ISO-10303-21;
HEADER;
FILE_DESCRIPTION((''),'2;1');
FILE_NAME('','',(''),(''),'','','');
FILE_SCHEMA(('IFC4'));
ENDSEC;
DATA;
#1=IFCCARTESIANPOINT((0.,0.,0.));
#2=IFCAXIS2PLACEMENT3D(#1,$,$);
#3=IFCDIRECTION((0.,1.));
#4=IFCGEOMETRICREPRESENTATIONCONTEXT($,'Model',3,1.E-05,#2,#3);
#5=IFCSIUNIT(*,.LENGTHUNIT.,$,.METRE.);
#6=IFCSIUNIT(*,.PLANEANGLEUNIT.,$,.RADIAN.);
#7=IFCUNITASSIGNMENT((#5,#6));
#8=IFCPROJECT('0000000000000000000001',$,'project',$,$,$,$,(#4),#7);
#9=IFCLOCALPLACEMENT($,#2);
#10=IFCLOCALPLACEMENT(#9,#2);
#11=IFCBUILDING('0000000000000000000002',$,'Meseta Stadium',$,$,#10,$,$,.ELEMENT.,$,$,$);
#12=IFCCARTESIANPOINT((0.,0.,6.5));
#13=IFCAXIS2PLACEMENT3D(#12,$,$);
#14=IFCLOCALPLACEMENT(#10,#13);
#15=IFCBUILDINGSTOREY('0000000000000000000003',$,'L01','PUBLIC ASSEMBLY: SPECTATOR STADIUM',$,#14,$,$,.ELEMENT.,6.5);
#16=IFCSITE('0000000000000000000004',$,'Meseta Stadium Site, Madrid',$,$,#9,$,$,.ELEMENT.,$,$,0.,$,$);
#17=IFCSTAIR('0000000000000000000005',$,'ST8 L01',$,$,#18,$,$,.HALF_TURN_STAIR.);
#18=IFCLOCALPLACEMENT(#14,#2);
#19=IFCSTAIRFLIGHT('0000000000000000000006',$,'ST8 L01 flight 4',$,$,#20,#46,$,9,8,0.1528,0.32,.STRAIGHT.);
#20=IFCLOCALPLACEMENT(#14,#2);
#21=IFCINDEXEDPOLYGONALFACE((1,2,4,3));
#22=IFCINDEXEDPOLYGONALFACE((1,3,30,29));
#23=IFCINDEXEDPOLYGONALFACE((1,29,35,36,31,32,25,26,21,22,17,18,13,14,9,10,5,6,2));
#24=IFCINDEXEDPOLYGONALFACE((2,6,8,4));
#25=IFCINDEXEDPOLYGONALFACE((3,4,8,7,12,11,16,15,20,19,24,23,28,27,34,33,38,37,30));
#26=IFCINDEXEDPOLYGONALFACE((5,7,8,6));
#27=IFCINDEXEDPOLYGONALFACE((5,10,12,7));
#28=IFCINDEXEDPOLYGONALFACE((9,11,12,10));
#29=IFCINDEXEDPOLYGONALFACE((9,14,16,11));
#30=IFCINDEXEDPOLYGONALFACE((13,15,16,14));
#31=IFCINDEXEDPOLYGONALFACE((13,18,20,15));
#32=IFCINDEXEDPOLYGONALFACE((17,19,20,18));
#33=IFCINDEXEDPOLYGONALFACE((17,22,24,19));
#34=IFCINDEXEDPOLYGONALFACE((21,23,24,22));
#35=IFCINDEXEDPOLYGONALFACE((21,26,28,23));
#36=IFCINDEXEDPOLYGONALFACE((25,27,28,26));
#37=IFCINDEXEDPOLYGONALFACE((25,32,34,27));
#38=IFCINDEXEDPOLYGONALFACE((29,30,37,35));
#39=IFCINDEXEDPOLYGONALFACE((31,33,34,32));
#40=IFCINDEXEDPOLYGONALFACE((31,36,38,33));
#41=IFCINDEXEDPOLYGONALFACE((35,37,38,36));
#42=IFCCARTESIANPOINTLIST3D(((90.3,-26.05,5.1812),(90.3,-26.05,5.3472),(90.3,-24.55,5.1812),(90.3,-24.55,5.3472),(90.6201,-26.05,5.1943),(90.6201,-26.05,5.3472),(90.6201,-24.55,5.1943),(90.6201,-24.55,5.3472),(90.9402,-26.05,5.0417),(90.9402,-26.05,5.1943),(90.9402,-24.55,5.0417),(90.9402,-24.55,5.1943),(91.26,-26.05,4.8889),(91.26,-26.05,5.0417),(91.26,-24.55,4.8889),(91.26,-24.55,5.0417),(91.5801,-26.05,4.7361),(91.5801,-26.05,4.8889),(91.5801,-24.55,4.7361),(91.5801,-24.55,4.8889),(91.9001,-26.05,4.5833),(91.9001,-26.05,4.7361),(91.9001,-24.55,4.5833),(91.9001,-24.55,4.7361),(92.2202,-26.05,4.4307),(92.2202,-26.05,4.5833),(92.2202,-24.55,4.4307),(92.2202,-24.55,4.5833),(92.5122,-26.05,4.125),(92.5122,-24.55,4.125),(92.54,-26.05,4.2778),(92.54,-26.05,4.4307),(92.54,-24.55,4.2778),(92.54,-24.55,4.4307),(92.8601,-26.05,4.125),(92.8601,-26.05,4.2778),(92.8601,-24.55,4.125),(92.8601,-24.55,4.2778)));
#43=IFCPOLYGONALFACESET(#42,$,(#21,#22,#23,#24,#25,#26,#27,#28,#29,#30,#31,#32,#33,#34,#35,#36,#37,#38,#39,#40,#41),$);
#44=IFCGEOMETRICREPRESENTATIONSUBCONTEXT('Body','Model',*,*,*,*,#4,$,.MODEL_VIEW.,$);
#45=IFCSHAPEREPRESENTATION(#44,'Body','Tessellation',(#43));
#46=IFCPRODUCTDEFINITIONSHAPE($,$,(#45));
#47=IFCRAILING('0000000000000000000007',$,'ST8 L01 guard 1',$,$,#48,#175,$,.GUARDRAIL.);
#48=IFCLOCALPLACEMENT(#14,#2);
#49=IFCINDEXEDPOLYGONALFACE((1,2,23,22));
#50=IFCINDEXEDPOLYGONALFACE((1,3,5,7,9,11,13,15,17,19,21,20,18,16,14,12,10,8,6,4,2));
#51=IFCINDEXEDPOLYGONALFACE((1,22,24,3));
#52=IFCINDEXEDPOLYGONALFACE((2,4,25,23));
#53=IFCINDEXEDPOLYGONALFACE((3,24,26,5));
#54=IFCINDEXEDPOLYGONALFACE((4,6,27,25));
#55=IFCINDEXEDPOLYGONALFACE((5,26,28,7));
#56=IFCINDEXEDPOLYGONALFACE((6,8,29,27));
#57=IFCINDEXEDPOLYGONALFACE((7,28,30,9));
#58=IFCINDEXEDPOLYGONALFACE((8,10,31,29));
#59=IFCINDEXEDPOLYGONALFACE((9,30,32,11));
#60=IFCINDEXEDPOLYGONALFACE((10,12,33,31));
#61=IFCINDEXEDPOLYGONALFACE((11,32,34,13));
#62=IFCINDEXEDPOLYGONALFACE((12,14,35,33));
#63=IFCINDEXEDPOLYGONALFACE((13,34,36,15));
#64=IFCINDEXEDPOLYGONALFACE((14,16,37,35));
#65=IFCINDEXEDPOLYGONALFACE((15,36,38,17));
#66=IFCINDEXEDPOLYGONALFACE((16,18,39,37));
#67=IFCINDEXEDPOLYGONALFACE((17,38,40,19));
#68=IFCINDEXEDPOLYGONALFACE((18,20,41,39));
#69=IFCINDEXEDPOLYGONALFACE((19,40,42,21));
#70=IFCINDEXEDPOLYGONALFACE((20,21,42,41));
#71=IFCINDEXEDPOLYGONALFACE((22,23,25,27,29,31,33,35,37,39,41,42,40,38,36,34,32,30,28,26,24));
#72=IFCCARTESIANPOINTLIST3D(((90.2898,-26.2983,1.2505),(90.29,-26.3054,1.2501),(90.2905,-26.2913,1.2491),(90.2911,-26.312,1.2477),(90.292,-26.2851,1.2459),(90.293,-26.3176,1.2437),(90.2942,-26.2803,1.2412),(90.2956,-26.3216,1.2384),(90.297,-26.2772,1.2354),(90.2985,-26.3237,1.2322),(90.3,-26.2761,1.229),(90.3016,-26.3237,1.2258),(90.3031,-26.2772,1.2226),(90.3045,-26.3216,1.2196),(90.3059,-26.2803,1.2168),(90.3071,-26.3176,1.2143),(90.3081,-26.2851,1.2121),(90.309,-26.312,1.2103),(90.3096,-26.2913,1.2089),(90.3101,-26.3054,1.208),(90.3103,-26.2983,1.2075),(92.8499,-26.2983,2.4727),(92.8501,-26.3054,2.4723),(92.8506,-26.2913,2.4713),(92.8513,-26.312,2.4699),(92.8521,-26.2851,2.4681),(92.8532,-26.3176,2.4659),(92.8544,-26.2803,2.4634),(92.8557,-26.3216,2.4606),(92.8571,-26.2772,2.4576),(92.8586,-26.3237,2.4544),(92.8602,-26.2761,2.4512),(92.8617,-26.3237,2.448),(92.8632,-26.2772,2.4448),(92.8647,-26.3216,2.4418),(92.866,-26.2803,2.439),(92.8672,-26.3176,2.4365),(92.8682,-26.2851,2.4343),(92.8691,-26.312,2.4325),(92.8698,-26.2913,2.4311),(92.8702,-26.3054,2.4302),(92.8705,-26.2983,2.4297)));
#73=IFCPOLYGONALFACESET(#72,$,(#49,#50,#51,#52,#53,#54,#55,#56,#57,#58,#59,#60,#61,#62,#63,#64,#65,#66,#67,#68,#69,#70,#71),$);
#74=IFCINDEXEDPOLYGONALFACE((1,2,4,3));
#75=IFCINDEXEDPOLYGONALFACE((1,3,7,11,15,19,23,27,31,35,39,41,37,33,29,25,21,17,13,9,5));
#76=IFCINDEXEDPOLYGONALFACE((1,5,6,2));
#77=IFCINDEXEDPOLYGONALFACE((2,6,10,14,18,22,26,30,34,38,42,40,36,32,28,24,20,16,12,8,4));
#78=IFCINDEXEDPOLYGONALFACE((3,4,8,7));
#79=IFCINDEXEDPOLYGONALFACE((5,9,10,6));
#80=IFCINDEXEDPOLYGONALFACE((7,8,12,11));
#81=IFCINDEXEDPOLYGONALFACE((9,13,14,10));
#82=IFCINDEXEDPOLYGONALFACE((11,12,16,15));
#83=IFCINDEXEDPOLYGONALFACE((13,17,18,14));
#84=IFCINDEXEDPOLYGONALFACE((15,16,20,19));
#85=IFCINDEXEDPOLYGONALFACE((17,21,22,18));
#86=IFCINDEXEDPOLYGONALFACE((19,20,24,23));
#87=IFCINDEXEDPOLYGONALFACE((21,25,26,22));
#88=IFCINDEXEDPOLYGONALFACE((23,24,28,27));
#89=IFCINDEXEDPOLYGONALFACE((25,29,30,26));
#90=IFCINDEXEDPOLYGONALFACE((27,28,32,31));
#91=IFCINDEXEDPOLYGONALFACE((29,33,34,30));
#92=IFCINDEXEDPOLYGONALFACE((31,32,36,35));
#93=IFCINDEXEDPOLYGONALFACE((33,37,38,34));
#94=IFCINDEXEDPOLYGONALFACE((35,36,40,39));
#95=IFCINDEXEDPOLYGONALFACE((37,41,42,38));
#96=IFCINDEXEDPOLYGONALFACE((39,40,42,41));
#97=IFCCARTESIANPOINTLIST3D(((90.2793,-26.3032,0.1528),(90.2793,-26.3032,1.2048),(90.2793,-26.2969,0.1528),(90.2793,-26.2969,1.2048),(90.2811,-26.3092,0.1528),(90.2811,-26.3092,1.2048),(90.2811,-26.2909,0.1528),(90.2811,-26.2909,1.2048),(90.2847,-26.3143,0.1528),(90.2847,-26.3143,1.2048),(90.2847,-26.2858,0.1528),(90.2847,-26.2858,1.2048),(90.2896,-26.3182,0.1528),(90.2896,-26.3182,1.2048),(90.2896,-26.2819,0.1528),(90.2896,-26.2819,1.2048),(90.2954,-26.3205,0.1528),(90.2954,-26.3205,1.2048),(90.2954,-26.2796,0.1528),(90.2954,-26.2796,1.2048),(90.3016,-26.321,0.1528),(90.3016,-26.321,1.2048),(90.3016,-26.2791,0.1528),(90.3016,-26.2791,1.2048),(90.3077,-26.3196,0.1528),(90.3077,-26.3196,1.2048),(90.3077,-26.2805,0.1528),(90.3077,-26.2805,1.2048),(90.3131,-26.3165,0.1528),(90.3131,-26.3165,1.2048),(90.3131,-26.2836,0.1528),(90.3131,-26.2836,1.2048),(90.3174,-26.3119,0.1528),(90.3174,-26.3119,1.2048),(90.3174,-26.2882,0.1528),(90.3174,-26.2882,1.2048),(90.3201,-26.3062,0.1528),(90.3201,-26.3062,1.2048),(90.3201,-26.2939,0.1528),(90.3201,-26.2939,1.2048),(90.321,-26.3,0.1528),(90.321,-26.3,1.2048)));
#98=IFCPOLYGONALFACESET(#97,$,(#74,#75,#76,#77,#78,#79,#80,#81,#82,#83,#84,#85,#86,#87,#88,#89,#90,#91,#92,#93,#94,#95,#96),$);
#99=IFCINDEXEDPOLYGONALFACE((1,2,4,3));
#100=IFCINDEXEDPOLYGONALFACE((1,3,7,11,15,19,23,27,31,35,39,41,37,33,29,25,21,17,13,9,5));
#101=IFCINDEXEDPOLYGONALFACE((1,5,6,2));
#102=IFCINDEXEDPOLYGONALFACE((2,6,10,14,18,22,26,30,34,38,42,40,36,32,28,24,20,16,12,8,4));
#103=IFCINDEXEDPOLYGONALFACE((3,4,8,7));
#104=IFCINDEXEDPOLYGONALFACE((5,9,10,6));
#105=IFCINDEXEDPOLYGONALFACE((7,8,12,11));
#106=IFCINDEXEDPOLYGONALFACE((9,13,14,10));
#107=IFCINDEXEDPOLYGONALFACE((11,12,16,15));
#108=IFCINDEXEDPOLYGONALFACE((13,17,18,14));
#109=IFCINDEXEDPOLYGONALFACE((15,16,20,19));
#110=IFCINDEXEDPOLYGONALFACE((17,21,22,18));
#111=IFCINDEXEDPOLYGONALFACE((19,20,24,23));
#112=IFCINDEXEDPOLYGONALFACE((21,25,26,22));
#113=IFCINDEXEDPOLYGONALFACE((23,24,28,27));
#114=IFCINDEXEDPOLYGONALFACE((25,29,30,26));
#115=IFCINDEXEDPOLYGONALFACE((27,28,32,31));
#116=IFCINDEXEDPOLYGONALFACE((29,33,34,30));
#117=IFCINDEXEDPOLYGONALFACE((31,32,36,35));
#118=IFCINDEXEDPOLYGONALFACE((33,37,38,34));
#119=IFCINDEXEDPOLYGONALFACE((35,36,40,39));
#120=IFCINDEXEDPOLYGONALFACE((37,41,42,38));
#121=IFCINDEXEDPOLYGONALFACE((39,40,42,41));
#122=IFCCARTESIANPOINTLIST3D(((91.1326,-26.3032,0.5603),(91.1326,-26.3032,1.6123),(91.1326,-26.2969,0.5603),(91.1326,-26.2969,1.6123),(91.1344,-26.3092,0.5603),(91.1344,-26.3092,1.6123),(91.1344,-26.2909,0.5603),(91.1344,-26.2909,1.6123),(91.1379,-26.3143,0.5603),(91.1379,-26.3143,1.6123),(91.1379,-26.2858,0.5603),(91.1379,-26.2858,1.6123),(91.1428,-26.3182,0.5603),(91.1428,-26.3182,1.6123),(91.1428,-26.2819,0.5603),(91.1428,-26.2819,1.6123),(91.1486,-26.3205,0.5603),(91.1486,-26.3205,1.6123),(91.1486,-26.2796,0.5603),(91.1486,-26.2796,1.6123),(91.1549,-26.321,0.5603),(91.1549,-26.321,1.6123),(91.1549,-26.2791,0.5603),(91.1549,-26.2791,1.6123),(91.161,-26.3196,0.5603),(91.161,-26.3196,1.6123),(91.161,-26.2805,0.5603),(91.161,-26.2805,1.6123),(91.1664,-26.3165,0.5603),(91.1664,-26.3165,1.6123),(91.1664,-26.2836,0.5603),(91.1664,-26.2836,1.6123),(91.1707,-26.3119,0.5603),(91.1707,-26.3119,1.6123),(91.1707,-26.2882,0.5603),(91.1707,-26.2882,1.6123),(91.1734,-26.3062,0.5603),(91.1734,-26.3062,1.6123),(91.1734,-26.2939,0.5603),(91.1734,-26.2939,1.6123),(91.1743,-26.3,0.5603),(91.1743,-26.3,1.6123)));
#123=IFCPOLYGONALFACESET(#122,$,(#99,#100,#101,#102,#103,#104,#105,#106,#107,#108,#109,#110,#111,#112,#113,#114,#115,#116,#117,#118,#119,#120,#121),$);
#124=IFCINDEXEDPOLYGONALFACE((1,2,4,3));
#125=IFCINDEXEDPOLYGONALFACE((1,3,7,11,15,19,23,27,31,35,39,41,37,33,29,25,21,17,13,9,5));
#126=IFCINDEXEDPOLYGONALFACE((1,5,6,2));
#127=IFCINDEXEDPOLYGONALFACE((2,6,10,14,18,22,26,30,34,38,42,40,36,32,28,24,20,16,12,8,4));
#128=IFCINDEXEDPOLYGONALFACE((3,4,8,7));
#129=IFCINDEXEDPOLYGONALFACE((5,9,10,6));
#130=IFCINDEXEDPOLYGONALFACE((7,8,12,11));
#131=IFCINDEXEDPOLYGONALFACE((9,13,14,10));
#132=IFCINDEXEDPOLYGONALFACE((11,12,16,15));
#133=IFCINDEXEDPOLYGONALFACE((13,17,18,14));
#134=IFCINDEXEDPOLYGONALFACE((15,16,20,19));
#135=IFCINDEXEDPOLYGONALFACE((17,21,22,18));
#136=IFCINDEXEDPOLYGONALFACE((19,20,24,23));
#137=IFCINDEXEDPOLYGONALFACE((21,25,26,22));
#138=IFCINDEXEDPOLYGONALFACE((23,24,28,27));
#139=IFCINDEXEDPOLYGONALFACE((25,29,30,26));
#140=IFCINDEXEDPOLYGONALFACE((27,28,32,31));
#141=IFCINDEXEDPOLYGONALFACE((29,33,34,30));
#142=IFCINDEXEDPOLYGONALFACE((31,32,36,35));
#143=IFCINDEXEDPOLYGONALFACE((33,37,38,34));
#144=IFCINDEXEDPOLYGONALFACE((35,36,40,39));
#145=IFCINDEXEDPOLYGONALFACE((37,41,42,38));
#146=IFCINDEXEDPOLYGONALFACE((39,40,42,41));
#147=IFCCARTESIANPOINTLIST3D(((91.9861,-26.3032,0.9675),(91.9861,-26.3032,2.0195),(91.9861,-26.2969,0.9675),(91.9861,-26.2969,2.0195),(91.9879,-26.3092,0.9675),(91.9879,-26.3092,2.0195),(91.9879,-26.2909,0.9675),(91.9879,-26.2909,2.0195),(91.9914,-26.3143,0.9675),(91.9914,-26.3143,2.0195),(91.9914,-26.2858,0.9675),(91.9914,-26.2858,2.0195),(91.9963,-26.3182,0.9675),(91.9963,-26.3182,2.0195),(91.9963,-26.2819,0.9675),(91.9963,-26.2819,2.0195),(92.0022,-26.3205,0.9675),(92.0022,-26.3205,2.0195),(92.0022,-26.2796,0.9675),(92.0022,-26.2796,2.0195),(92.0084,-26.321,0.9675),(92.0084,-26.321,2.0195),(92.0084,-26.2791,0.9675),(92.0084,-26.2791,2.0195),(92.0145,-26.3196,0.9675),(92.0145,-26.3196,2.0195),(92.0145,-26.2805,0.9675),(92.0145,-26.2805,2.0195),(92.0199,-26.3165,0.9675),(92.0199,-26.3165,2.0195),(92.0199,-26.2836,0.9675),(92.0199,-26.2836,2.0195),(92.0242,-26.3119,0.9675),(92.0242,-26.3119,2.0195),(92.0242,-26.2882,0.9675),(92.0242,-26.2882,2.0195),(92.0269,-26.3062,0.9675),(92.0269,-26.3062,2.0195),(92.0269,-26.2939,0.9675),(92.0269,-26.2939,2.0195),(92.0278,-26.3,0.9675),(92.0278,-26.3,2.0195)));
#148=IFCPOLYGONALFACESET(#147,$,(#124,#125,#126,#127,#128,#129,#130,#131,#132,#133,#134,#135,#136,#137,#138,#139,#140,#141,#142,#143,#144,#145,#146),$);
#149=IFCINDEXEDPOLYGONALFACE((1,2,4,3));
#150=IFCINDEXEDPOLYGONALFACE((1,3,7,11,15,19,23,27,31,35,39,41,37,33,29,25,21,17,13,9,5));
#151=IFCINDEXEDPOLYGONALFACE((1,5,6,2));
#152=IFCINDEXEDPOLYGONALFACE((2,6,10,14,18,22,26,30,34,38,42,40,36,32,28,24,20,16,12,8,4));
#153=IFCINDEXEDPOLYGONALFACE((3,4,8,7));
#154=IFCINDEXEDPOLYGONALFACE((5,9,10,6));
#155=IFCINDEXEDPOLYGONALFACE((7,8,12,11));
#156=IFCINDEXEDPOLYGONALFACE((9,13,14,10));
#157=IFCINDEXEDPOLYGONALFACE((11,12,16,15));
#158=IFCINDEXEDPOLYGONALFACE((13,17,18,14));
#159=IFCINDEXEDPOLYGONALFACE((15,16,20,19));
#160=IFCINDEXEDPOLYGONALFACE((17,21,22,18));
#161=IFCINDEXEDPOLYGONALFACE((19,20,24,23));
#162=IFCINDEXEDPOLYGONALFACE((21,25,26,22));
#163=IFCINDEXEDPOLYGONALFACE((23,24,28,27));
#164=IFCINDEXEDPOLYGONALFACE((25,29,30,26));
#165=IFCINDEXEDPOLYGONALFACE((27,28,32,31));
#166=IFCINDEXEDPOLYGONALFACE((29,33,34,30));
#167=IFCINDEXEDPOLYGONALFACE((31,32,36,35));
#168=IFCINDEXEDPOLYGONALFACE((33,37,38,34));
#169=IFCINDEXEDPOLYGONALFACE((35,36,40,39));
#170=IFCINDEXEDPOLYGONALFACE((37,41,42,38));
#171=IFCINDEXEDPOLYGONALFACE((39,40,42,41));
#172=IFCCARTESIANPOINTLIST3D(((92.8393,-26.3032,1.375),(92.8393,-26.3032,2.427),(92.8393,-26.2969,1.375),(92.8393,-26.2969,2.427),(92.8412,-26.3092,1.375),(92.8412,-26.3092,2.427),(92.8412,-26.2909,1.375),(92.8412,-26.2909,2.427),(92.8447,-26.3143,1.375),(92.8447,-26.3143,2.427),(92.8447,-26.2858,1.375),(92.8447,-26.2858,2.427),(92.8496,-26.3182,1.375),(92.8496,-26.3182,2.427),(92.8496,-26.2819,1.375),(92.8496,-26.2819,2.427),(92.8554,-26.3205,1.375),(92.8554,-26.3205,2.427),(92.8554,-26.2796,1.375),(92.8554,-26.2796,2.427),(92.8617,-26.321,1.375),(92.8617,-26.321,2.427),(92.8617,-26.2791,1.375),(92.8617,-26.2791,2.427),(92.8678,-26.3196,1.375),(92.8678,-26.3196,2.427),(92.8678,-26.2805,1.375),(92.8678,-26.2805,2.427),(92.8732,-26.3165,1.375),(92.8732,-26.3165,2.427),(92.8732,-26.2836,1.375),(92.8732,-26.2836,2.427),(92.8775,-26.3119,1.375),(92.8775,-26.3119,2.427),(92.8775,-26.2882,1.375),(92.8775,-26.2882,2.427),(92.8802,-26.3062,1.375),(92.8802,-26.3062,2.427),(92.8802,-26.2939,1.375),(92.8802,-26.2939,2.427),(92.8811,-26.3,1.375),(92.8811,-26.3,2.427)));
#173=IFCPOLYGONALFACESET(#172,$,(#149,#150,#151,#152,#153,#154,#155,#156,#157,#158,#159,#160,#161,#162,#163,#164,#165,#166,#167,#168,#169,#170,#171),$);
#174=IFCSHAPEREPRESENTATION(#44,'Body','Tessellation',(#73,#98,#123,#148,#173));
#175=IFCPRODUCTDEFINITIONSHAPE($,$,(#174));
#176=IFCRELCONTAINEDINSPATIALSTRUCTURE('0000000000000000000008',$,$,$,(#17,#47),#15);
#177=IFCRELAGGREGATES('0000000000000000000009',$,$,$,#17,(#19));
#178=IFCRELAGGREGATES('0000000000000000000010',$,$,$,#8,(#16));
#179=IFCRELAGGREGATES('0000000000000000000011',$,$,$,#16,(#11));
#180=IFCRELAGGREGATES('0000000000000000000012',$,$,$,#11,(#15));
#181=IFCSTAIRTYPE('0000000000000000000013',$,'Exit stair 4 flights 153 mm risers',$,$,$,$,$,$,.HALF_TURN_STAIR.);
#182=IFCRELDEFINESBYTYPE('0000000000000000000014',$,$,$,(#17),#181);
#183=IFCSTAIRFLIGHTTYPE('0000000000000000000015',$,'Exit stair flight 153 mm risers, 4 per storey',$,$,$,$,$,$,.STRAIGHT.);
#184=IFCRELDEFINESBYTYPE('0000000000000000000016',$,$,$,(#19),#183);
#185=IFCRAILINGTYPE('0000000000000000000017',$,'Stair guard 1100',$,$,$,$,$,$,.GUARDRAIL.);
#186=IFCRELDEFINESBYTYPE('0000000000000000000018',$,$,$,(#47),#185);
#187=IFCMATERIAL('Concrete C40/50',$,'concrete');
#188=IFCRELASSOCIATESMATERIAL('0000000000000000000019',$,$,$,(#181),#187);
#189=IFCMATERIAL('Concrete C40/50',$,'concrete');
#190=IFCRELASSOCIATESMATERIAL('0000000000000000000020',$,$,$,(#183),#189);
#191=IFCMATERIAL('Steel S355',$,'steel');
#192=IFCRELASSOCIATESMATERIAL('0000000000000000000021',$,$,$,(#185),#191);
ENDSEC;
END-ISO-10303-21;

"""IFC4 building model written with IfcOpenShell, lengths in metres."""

from ifc_helpers import new_model, si_unit, direction, frame, origin, origin_2d, place, context, subcontext, project, spatial, polyline, circle, outline, extrude, material, type_object, element, aggregate, save


model = new_model("IFC4")

# Units and contexts
model_context = context("Model", 3, precision=1e-05, world=origin(), true_north=direction((0.0, 1.0)))
body_context = subcontext(model_context, "Body", "Model", "MODEL_VIEW")
ifc_project = project(units=[si_unit("LENGTHUNIT", "METRE"), si_unit("PLANEANGLEUNIT", "RADIAN")], contexts=[model_context])

# Site, building, storey
site_placement = place(None, origin())
site = spatial("IfcSite", under=ifc_project, at=site_placement, Name="Meseta Stadium Site, Madrid", CompositionType="ELEMENT", RefElevation=0.0)
building_placement = place(site_placement, origin())
building = spatial("IfcBuilding", under=site, at=building_placement, Name="Meseta Stadium", CompositionType="ELEMENT")
storey_placement = place(building_placement, frame((0.0, 0.0, 6.5)))
storey = spatial("IfcBuildingStorey", under=building, at=storey_placement, Name="L01", Description="PUBLIC ASSEMBLY: SPECTATOR STADIUM", CompositionType="ELEMENT", Elevation=6.5)

# Stair, stair flight
ifc_material_1 = material(Name="Concrete C40/50", Category="concrete")
stair_type = type_object("IfcStairType", Name="Exit stair 4 flights 153 mm risers", PredefinedType="HALF_TURN_STAIR", material=ifc_material_1)
stair_placement = place(storey_placement, origin())
stair = element("IfcStair", 1, at=stair_placement, inside=storey, type_object=stair_type, Name="ST8 L01", PredefinedType="HALF_TURN_STAIR")
ifc_material_2 = material(Name="Concrete C40/50", Category="concrete")
stair_flight_type = type_object("IfcStairFlightType", Name="Exit stair flight 153 mm risers, 4 per storey", PredefinedType="STRAIGHT", material=ifc_material_2)
stair_flight_1_placement = place(storey_placement, frame((92.8601, -25.3, 4.125), z_axis=(0.0, 0.0, 1.0), x_axis=(-1.0, 0.0, 0.0)))
stair_flight_1 = element("IfcStairFlight", 2, at=stair_flight_1_placement, type_object=stair_flight_type, Name="ST8 L01 flight 4", NumberOfRisers=9, NumberOfTreads=8, PredefinedType="STRAIGHT", RiserHeight=0.1528, TreadLength=0.32, context=body_context, shape_type="SweptSolid", body=[
    extrude(outline(polyline([(0.0, 0.0), (0.0, 0.1528), (0.3201, 0.1528), (0.3201, 0.3057), (0.6399, 0.3057), (0.6399, 0.4583), (0.96, 0.4583), (0.96, 0.6111), (1.28, 0.6111), (1.28, 0.7639), (1.6001, 0.7639), (1.6001, 0.9167), (1.9199, 0.9167), (1.9199, 1.0693), (2.24, 1.0693), (2.24, 1.2222), (2.5601, 1.2222), (2.5601, 1.0562), (0.3479, 0.0), (0.0, 0.0)])), frame((0.0, 0.75, 0.0), z_axis=(0.0, -1.0, 0.0), x_axis=(1.0, 0.0, 0.0)), (0.0, 0.0, 1.0), 1.5),
])
aggregate(stair, [stair_flight_1])

# Railing
ifc_material_3 = material(Name="Steel S355", Category="steel")
railing_type_1 = type_object("IfcRailingType", Name="Stair guard 1100", PredefinedType="GUARDRAIL", material=ifc_material_3)
railing_1_placement = place(storey_placement, frame((90.3, -26.3, 0.1528)))
element("IfcRailing", 3, at=railing_1_placement, inside=storey, type_object=railing_type_1, Name="ST8 L01 guard 1", PredefinedType="GUARDRAIL", context=body_context, shape_type="SweptSolid", body=[
    extrude(circle(Radius=0.0239, at=origin_2d()), frame((0.0, 0.0, 1.0762), z_axis=(0.902437, 0.0, 0.430822), x_axis=(0.0, 1.0, 0.0)), (0.0, 0.0, 1.0), 2.8369),
    extrude(circle(Radius=0.021, at=origin_2d()), origin(), (0.0, 0.0, 1.0), 1.052),
    extrude(circle(Radius=0.021, at=origin_2d()), frame((0.8533, 0.0, 0.4075)), (0.0, 0.0, 1.0), 1.052),
    extrude(circle(Radius=0.021, at=origin_2d()), frame((1.7068, 0.0, 0.8147)), (0.0, 0.0, 1.0), 1.052),
    extrude(circle(Radius=0.021, at=origin_2d()), frame((2.5601, 0.0, 1.2222)), (0.0, 0.0, 1.0), 1.052),
])

save(model, "model.ifc")
